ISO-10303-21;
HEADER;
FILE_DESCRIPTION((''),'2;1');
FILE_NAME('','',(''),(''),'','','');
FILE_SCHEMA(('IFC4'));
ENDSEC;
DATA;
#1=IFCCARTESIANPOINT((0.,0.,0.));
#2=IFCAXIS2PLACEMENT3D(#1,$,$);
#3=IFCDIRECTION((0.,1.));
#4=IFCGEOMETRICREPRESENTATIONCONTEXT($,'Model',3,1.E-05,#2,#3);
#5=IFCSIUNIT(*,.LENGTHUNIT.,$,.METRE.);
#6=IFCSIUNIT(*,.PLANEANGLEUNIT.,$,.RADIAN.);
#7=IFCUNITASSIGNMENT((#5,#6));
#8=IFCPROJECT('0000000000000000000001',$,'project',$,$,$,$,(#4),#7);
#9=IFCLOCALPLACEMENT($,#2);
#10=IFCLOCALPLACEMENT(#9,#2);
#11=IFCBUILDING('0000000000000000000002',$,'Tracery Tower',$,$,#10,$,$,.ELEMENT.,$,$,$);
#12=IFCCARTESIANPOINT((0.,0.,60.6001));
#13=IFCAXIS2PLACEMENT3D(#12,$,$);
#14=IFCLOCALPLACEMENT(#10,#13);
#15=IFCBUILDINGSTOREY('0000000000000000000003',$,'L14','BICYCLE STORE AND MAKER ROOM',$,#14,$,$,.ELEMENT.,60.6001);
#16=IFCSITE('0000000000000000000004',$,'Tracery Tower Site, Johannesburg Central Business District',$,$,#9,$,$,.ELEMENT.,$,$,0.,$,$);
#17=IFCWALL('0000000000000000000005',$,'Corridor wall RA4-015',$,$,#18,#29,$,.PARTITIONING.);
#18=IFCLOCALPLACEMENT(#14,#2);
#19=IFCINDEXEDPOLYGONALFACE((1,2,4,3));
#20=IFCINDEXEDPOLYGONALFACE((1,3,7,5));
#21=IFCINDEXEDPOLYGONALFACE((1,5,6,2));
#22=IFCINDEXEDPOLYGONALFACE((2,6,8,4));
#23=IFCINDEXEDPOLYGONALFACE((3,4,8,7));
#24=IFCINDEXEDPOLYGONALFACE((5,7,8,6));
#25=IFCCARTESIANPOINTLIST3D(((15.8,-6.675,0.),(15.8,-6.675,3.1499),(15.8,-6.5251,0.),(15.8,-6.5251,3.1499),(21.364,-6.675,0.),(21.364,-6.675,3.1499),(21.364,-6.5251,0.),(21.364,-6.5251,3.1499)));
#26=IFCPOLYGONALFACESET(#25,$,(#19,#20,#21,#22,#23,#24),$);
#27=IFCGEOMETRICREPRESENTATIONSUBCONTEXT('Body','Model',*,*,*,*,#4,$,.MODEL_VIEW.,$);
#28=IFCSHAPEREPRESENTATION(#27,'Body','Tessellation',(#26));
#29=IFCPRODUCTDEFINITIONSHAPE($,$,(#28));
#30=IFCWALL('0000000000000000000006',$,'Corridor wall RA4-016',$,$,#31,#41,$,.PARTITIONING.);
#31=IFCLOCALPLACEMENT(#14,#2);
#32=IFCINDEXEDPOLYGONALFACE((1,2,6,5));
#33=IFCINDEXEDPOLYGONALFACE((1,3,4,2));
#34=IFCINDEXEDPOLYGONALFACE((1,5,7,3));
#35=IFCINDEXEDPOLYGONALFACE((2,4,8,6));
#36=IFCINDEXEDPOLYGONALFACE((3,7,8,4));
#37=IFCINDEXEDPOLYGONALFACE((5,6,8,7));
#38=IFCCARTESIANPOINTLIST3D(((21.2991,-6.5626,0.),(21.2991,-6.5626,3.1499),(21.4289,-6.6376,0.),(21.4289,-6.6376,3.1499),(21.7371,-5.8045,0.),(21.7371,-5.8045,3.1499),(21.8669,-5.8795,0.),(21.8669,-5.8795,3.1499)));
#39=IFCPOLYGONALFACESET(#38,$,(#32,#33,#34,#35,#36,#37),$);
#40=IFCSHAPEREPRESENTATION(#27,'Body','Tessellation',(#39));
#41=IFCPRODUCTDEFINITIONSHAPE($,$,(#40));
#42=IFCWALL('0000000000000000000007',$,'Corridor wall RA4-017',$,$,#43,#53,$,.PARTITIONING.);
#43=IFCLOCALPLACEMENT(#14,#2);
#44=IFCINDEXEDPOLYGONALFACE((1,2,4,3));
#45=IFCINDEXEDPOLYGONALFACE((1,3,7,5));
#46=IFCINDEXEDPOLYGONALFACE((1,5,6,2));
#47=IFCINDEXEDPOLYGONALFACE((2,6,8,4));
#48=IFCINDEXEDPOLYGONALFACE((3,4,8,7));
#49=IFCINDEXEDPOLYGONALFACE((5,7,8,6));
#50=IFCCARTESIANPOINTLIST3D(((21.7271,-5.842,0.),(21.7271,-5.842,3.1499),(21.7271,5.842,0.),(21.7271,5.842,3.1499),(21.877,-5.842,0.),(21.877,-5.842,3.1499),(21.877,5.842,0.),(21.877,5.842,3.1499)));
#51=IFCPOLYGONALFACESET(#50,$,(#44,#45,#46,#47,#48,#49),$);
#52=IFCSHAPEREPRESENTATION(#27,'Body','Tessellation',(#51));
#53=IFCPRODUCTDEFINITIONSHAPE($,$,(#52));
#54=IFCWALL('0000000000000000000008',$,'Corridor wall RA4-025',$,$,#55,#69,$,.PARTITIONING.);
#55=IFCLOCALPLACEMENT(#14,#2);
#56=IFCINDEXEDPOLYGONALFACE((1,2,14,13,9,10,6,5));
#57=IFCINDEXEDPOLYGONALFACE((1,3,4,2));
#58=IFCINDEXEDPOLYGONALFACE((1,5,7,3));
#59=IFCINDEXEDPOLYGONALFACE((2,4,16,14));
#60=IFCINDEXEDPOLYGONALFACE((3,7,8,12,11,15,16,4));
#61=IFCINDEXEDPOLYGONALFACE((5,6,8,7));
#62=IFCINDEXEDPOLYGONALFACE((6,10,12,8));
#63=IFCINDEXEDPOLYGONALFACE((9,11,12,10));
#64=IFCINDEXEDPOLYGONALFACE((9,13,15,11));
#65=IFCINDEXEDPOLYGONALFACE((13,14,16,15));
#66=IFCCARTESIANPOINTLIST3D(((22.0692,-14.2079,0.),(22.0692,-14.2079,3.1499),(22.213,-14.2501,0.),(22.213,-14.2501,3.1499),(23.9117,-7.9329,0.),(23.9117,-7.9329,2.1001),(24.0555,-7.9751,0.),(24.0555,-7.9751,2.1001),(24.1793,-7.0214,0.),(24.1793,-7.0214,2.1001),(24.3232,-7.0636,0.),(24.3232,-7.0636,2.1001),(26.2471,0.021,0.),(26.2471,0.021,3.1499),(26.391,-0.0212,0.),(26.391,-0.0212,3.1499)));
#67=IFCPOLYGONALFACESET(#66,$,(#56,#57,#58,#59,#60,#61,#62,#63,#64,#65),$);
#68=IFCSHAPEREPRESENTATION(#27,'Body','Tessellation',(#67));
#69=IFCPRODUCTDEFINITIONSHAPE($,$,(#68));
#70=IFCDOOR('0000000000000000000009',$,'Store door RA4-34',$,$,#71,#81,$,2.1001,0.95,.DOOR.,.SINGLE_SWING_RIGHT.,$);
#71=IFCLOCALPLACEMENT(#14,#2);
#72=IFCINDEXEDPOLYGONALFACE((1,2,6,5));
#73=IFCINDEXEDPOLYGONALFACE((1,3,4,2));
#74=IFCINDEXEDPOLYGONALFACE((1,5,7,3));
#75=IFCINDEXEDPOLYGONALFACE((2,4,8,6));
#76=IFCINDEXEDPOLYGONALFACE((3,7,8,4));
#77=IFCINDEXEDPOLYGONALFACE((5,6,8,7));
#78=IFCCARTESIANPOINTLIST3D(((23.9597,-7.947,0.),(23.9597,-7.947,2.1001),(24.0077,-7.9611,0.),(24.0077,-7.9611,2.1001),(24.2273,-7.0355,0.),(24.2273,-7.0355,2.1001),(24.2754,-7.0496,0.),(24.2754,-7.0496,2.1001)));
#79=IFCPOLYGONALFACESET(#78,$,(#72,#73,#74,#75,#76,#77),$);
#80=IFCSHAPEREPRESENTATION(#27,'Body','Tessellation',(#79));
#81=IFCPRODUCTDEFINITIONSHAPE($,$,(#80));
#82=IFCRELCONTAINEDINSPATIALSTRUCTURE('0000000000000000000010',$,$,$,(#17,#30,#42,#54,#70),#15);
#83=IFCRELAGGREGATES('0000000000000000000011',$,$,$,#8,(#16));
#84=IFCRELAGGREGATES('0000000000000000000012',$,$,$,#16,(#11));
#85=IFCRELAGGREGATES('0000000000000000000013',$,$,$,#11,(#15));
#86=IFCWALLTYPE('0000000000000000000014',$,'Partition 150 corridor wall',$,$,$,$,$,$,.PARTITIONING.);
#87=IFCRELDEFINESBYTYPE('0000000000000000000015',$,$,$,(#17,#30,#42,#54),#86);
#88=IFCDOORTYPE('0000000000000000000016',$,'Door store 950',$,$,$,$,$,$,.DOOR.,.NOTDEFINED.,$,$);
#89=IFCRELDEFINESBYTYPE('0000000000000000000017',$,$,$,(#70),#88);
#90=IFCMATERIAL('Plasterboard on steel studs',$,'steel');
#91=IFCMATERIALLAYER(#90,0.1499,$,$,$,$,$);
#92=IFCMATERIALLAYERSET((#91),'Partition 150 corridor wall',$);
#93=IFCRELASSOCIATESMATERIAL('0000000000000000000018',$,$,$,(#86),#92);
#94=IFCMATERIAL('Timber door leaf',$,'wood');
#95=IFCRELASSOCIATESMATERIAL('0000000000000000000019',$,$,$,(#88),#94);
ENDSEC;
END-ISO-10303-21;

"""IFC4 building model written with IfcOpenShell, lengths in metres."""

from ifc_helpers import new_model, si_unit, direction, frame, frame_2d, origin, place, context, subcontext, project, spatial, rectangle, extrude, material, layer, layer_set, type_object, element, fill, save


model = new_model("IFC4")

# Units and contexts
model_context = context("Model", 3, precision=1e-05, world=origin(), true_north=direction((0.0, 1.0)))
body_context = subcontext(model_context, "Body", "Model", "MODEL_VIEW")
ifc_project = project(units=[si_unit("LENGTHUNIT", "METRE"), si_unit("PLANEANGLEUNIT", "RADIAN")], contexts=[model_context])

# Site, building, storey
site_placement = place(None, origin())
site = spatial("IfcSite", under=ifc_project, at=site_placement, Name="Tracery Tower Site, Johannesburg Central Business District", CompositionType="ELEMENT", RefElevation=0.0)
building_placement = place(site_placement, origin())
building = spatial("IfcBuilding", under=site, at=building_placement, Name="Tracery Tower", CompositionType="ELEMENT")
storey_placement = place(building_placement, frame((0.0, 0.0, 60.6001)))
storey = spatial("IfcBuildingStorey", under=building, at=storey_placement, Name="L14", Description="BICYCLE STORE AND MAKER ROOM", CompositionType="ELEMENT", Elevation=60.6001)

# Shared definitions
ifc_material_1 = material(Name="Plasterboard on steel studs", Category="steel")
ifc_layer_1 = layer(ifc_material_1, 0.1499)
ifc_layer_set_1 = layer_set([ifc_layer_1], Name="Partition 150 corridor wall")
wall_type_1 = type_object("IfcWallType", Name="Partition 150 corridor wall", PredefinedType="PARTITIONING", material=ifc_layer_set_1)

# Shared definitions
ifc_material_2 = material(Name="Timber door leaf", Category="wood")
door_type_1 = type_object("IfcDoorType", Name="Door store 950", OperationType="NOTDEFINED", PredefinedType="DOOR", material=ifc_material_2)

# Walls
wall_1_placement = place(storey_placement, frame((15.8, -6.6001, 0.0), z_axis=(0.0, 0.0, 1.0), x_axis=(1.0, 0.0, 0.0)))
element("IfcWall", 1, at=wall_1_placement, inside=storey, type_object=wall_type_1, Name="Corridor wall RA4-015", PredefinedType="PARTITIONING", context=body_context, shape_type="SweptSolid", body=[
    extrude(rectangle(XDim=5.564, YDim=0.1499, at=frame_2d((2.782, 0.0))), origin(), (0.0, 0.0, 1.0), 3.1499),
])
wall_2_placement = place(storey_placement, frame((21.364, -6.6001, 0.0), z_axis=(0.0, 0.0, 1.0), x_axis=(0.500278, 0.865865, 0.0)))
element("IfcWall", 2, at=wall_2_placement, inside=storey, type_object=wall_type_1, Name="Corridor wall RA4-016", PredefinedType="PARTITIONING", context=body_context, shape_type="SweptSolid", body=[
    extrude(rectangle(XDim=0.8755, YDim=0.1499, at=frame_2d((0.4377, 0.0))), origin(), (0.0, 0.0, 1.0), 3.1499),
])
wall_3_placement = place(storey_placement, frame((21.802, -5.842, 0.0), z_axis=(0.0, 0.0, 1.0), x_axis=(0.0, 1.0, 0.0)))
element("IfcWall", 3, at=wall_3_placement, inside=storey, type_object=wall_type_1, Name="Corridor wall RA4-017", PredefinedType="PARTITIONING", context=body_context, shape_type="SweptSolid", body=[
    extrude(rectangle(XDim=11.6841, YDim=0.1499, at=frame_2d((5.842, 0.0))), origin(), (0.0, 0.0, 1.0), 3.1499),
])

# Wall, opening, door
wall_4_placement = place(storey_placement, frame((22.1411, -14.229, 0.0), z_axis=(0.0, 0.0, 1.0), x_axis=(0.28173, 0.959494, 0.0)))
wall_4 = element("IfcWall", 4, at=wall_4_placement, inside=storey, type_object=wall_type_1, Name="Corridor wall RA4-025", PredefinedType="PARTITIONING", context=body_context, shape_type="SweptSolid", body=[
    extrude(rectangle(XDim=14.8296, YDim=0.1499, at=frame_2d((7.4148, 0.0))), origin(), (0.0, 0.0, 1.0), 3.1499),
])
opening_1_placement = place(wall_4_placement, frame((6.5398, 0.0, 0.0)))
opening_1 = element("IfcOpeningElement", 5, at=opening_1_placement, cuts=wall_4, PredefinedType="OPENING", context=body_context, shape_type="SweptSolid", body=[
    extrude(rectangle(XDim=0.95, YDim=2.1001, at=frame_2d((0.4751, 1.05))), frame((0.0, 0.075, 0.0), z_axis=(0.0, -1.0, 0.0), x_axis=(1.0, 0.0, 0.0)), (0.0, 0.0, 1.0), 0.1499),
])
door_1_placement = place(opening_1_placement, origin())
door_1 = element("IfcDoor", 6, at=door_1_placement, inside=storey, type_object=door_type_1, Name="Store door RA4-34", OperationType="SINGLE_SWING_RIGHT", OverallHeight=2.1001, OverallWidth=0.95, PredefinedType="DOOR", context=body_context, shape_type="SweptSolid", body=[
    extrude(rectangle(XDim=0.95, YDim=2.1001, at=frame_2d((0.4751, 1.05))), frame((0.0, 0.0249, 0.0), z_axis=(0.0, -1.0, 0.0), x_axis=(1.0, 0.0, 0.0)), (0.0, 0.0, 1.0), 0.05),
])
fill(opening_1, door_1)

save(model, "model.ifc")
